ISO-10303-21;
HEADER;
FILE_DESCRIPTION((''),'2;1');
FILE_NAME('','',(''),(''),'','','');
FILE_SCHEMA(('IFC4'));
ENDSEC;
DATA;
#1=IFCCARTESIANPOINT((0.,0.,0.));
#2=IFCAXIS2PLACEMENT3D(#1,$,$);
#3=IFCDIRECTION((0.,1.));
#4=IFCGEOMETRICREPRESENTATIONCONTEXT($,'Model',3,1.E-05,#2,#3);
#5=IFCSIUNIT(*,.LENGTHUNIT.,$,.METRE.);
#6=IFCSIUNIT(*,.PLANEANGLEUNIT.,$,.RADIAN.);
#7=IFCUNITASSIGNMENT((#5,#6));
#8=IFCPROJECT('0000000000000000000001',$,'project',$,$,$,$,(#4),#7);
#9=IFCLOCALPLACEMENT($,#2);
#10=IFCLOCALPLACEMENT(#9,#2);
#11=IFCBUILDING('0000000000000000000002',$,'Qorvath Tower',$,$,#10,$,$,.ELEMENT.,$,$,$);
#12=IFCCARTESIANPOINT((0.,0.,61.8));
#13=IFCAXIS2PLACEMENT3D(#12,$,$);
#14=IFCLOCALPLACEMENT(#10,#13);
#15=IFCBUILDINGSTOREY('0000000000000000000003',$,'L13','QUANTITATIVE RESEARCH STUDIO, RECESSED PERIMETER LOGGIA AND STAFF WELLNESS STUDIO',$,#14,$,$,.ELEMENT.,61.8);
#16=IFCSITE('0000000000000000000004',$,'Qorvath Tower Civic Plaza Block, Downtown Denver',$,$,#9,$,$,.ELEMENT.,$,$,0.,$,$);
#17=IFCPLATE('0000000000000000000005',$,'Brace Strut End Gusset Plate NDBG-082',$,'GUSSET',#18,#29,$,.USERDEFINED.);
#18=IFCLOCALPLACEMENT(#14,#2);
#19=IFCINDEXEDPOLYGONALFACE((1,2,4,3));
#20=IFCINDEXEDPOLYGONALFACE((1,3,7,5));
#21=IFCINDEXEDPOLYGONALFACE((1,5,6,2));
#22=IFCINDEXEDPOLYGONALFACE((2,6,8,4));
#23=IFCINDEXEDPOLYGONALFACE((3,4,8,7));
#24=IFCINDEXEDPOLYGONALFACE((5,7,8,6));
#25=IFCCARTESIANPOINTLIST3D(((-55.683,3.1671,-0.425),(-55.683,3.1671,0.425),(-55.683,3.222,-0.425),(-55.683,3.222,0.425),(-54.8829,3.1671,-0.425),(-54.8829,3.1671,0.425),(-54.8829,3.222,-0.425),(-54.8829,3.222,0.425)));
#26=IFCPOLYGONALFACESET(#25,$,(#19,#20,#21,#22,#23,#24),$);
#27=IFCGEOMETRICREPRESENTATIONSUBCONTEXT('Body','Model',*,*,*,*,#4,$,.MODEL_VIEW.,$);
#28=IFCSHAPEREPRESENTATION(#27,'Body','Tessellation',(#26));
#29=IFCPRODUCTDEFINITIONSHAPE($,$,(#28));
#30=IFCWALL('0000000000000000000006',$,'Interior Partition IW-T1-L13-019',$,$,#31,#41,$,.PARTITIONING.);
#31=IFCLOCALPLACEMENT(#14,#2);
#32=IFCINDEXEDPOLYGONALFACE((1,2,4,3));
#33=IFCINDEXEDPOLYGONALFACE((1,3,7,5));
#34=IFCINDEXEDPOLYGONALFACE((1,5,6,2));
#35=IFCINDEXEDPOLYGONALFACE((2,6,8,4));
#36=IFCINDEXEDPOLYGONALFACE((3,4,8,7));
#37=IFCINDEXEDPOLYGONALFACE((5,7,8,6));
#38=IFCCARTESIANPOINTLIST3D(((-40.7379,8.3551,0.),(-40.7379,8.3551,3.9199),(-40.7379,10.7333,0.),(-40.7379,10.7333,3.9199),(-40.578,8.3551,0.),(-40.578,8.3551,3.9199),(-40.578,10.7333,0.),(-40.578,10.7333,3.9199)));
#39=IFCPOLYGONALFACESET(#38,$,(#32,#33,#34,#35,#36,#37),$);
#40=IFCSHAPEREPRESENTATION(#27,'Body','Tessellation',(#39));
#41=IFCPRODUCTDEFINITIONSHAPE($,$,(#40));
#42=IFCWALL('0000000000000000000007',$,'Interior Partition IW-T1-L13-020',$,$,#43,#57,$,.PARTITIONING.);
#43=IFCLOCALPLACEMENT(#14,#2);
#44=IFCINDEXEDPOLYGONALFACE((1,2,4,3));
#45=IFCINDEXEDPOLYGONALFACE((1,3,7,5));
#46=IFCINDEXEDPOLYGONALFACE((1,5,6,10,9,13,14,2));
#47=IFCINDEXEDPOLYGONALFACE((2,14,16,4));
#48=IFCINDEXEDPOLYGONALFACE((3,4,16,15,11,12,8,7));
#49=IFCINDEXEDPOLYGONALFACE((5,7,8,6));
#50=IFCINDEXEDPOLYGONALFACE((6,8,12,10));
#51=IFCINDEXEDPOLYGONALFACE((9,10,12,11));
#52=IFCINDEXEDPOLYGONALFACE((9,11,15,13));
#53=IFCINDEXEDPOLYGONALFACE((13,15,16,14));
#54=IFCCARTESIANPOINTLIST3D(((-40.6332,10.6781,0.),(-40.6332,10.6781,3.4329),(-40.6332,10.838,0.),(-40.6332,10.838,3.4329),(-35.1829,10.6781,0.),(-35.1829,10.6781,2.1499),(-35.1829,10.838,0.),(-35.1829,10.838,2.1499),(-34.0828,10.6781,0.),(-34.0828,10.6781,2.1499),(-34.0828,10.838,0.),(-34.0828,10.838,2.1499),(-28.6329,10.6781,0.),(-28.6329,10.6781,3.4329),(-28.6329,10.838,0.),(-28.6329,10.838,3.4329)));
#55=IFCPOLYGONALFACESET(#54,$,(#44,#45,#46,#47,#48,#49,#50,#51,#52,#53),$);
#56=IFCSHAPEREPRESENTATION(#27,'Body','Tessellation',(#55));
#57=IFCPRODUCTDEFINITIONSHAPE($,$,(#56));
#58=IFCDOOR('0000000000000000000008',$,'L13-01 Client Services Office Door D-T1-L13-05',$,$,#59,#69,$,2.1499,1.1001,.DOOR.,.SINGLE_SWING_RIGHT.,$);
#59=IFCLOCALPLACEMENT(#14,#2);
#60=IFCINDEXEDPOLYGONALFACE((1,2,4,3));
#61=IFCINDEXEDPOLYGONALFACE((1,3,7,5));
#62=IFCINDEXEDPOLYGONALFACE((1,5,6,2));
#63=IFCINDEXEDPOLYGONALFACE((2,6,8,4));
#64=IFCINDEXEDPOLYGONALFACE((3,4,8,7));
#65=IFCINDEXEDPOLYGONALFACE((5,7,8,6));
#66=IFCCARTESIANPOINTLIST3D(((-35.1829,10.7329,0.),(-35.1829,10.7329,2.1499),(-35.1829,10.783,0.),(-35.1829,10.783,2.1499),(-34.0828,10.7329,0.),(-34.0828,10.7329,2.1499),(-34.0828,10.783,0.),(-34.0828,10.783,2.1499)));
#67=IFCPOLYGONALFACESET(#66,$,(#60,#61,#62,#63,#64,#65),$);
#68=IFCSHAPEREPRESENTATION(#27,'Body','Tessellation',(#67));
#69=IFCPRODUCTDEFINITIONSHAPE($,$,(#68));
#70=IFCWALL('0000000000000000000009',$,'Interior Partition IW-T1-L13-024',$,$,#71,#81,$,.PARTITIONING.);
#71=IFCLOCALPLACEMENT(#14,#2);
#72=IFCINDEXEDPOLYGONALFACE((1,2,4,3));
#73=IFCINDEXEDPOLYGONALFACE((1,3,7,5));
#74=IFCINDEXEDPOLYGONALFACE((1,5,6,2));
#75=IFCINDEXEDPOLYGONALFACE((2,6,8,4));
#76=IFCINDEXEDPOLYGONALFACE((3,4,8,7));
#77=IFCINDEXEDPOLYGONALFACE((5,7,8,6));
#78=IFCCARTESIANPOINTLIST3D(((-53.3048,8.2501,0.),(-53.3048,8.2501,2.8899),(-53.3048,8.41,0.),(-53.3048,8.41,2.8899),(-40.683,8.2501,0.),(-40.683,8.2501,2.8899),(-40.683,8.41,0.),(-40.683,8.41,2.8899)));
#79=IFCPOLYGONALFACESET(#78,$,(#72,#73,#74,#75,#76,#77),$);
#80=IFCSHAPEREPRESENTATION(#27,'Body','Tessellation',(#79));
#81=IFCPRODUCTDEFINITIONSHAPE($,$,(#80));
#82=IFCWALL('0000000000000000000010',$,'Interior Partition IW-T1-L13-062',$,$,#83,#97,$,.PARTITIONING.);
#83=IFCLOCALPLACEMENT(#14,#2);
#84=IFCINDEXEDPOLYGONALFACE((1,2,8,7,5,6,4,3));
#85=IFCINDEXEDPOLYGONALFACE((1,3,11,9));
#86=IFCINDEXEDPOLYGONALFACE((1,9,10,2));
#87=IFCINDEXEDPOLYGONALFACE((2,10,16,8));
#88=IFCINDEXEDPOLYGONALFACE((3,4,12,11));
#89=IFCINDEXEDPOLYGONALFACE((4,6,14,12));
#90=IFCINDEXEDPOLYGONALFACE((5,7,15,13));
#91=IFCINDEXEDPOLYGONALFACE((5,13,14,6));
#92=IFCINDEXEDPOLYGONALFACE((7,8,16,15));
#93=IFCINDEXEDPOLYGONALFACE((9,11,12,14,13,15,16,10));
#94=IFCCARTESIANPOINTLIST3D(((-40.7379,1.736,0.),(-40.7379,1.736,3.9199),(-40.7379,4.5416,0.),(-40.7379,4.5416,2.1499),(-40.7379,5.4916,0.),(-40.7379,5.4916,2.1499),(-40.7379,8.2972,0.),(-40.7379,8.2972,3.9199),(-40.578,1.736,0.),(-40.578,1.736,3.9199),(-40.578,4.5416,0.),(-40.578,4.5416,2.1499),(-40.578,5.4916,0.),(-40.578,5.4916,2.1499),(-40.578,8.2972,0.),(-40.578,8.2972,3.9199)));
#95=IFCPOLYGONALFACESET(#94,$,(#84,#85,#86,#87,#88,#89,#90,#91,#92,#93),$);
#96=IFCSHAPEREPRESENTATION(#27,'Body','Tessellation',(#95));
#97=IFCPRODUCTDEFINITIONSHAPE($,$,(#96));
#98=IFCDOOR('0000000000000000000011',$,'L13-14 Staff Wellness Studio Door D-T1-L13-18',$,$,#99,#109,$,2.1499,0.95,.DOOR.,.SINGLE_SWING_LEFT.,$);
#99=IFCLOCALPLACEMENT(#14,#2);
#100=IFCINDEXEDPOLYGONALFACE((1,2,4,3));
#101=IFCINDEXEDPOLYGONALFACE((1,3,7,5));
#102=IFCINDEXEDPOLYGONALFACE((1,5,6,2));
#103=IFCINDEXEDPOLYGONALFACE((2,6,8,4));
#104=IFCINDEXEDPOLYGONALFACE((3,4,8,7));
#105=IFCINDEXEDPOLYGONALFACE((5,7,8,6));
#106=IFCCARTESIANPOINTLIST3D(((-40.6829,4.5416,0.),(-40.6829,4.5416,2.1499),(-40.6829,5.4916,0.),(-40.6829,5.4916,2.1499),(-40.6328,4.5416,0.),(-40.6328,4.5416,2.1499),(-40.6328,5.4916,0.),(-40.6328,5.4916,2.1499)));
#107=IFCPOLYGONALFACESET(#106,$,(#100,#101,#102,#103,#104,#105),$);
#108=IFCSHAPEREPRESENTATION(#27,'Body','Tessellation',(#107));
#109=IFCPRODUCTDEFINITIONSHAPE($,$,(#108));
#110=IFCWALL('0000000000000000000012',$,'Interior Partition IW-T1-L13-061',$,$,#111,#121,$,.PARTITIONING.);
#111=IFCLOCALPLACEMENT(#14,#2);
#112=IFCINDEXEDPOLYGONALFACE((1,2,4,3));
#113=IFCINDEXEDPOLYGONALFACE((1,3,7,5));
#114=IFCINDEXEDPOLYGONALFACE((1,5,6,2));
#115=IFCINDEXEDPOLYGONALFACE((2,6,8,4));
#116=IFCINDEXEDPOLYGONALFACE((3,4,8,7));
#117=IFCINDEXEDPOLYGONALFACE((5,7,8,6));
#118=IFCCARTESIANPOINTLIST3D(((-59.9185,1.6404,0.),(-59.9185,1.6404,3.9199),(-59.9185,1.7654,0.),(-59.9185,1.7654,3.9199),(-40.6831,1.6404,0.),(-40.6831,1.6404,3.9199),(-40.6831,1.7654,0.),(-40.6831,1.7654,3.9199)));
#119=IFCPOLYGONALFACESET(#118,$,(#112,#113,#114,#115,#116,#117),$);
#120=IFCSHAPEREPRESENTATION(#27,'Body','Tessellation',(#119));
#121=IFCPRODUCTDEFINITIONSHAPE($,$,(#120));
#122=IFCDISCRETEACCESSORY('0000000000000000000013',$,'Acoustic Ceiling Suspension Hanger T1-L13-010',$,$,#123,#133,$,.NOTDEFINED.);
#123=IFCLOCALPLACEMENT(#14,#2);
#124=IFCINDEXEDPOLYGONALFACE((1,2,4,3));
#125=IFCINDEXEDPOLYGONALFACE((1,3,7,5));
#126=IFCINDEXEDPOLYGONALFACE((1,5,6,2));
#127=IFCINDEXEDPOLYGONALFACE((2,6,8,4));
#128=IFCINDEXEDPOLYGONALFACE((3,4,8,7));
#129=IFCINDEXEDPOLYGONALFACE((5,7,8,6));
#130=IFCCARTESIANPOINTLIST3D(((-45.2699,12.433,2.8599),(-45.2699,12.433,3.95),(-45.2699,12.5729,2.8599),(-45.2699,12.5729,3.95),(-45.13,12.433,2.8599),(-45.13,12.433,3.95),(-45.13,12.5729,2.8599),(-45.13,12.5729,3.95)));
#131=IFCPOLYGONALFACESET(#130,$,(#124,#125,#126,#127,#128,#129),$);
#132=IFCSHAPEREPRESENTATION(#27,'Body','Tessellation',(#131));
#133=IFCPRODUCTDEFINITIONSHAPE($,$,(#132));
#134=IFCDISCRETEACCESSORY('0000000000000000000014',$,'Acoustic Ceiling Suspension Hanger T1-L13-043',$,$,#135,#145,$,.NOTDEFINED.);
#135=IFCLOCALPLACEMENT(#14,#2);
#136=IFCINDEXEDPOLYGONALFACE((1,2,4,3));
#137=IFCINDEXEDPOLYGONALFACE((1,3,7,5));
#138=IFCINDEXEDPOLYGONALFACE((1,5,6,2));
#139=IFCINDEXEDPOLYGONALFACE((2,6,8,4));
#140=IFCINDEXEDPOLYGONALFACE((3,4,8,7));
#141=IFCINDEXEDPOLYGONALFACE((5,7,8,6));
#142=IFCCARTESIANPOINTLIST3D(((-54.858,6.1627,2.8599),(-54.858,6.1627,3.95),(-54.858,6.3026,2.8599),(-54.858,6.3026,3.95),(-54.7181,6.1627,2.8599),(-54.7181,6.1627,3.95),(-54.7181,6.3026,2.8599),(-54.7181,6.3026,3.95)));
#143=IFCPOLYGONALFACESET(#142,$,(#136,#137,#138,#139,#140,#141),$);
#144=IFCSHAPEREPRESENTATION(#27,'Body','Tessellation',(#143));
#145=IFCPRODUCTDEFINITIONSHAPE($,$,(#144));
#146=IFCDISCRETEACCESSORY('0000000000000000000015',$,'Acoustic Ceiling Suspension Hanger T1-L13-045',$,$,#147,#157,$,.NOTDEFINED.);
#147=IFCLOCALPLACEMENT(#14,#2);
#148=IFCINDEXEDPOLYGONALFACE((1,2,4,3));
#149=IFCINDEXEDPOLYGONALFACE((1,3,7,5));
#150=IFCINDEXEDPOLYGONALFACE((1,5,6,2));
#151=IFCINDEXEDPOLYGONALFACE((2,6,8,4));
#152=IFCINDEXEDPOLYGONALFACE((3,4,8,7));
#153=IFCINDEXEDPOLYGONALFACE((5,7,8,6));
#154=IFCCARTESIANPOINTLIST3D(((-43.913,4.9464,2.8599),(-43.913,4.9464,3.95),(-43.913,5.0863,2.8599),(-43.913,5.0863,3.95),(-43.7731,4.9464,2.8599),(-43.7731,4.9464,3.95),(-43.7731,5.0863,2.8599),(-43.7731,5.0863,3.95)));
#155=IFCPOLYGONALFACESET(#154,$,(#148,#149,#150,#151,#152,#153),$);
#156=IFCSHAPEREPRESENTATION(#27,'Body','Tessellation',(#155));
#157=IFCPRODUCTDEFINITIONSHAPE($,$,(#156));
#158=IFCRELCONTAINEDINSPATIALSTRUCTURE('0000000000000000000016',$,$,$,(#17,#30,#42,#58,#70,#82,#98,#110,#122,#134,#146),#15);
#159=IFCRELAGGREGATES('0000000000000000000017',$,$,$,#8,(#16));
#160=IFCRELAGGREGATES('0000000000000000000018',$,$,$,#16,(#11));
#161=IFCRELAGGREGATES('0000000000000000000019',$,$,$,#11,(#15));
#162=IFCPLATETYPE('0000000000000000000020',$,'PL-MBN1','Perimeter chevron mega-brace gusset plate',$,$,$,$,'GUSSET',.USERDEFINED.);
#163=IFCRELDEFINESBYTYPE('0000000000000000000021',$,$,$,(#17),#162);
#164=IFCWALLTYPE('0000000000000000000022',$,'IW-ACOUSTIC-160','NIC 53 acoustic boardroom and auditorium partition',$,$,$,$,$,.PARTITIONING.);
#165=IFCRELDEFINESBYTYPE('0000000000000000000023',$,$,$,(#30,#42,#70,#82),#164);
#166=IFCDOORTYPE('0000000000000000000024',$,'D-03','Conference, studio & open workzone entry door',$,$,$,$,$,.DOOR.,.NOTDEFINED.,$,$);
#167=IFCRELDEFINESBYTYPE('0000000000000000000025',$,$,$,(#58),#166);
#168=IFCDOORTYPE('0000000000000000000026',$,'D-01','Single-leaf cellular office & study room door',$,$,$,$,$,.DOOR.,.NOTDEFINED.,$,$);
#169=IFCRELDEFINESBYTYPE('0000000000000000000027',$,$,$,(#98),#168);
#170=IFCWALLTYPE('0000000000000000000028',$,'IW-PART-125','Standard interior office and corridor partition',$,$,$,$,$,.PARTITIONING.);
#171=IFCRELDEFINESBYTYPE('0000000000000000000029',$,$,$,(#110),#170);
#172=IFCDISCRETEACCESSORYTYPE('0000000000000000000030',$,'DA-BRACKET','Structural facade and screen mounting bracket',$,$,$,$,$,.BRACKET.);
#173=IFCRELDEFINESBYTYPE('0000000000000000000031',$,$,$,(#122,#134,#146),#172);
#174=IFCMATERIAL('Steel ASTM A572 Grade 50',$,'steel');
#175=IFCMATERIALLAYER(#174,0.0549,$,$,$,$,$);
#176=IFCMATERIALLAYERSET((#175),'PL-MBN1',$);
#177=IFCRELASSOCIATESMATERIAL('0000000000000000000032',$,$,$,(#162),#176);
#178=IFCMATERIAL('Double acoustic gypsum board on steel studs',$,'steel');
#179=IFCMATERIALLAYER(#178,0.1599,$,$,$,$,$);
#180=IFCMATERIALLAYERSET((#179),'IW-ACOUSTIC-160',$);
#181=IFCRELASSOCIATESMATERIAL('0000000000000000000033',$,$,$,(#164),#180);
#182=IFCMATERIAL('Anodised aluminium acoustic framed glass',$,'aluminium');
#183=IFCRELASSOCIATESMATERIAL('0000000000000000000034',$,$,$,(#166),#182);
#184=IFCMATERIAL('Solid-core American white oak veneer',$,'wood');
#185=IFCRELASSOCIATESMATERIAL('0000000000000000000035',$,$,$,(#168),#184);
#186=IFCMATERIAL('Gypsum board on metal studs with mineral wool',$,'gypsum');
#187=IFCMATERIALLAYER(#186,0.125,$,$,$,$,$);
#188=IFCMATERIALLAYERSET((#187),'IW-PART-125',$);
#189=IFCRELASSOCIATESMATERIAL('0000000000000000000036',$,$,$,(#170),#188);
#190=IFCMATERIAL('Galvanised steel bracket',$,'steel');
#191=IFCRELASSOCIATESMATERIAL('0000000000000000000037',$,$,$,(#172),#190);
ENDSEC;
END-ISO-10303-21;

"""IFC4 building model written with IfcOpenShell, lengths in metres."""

from ifc_helpers import new_model, si_unit, direction, frame, frame_2d, origin, origin_2d, place, context, subcontext, project, spatial, rectangle, extrude, material, layer, layer_set, type_object, element, fill, save


model = new_model("IFC4")

# Units and contexts
model_context = context("Model", 3, precision=1e-05, world=origin(), true_north=direction((0.0, 1.0)))
body_context = subcontext(model_context, "Body", "Model", "MODEL_VIEW")
ifc_project = project(units=[si_unit("LENGTHUNIT", "METRE"), si_unit("PLANEANGLEUNIT", "RADIAN")], contexts=[model_context])

# Site, building, storey
site_placement = place(None, origin())
site = spatial("IfcSite", under=ifc_project, at=site_placement, Name="Qorvath Tower Civic Plaza Block, Downtown Denver", CompositionType="ELEMENT", RefElevation=0.0)
building_placement = place(site_placement, origin())
building = spatial("IfcBuilding", under=site, at=building_placement, Name="Qorvath Tower", CompositionType="ELEMENT")
storey_placement = place(building_placement, frame((0.0, 0.0, 61.8)))
storey = spatial("IfcBuildingStorey", under=building, at=storey_placement, Name="L13", Description="QUANTITATIVE RESEARCH STUDIO, RECESSED PERIMETER LOGGIA AND STAFF WELLNESS STUDIO", CompositionType="ELEMENT", Elevation=61.8)

# Plate
ifc_material_1 = material(Name="Steel ASTM A572 Grade 50", Category="steel")
ifc_layer_1 = layer(ifc_material_1, 0.0549)
ifc_layer_set_1 = layer_set([ifc_layer_1], Name="PL-MBN1")
plate_type_1 = type_object("IfcPlateType", Name="PL-MBN1", Description="Perimeter chevron mega-brace gusset plate", ElementType="GUSSET", PredefinedType="USERDEFINED", material=ifc_layer_set_1)
plate_1_placement = place(storey_placement, frame((-55.283, 3.1946, -0.425), z_axis=(0.0, 0.0, 1.0), x_axis=(1.0, 0.0, 0.0)))
element("IfcPlate", 1, at=plate_1_placement, inside=storey, type_object=plate_type_1, Name="Brace Strut End Gusset Plate NDBG-082", ObjectType="GUSSET", PredefinedType="USERDEFINED", context=body_context, shape_type="SweptSolid", body=[
    extrude(rectangle(XDim=0.8, YDim=0.0549, at=origin_2d()), origin(), (0.0, 0.0, 1.0), 0.8501),
])

# Wall
ifc_material_2 = material(Name="Double acoustic gypsum board on steel studs", Category="steel")
ifc_layer_2 = layer(ifc_material_2, 0.1599)
ifc_layer_set_2 = layer_set([ifc_layer_2], Name="IW-ACOUSTIC-160")
wall_type_1 = type_object("IfcWallType", Name="IW-ACOUSTIC-160", Description="NIC 53 acoustic boardroom and auditorium partition", PredefinedType="PARTITIONING", material=ifc_layer_set_2)
wall_1_placement = place(storey_placement, frame((-40.658, 10.7332, 0.0), z_axis=(0.0, 0.0, 1.0), x_axis=(0.0, -1.0, 0.0)))
element("IfcWall", 2, at=wall_1_placement, inside=storey, type_object=wall_type_1, Name="Interior Partition IW-T1-L13-019", PredefinedType="PARTITIONING", context=body_context, shape_type="SweptSolid", body=[
    extrude(rectangle(XDim=2.3782, YDim=0.1599, at=frame_2d((1.189, 0.0))), origin(), (0.0, 0.0, 1.0), 3.9199),
])

# Wall, opening, door
wall_2_placement = place(storey_placement, frame((-40.6331, 10.7581, 0.0), z_axis=(0.0, 0.0, 1.0), x_axis=(1.0, 0.0, 0.0)))
wall_2 = element("IfcWall", 3, at=wall_2_placement, inside=storey, type_object=wall_type_1, Name="Interior Partition IW-T1-L13-020", PredefinedType="PARTITIONING", context=body_context, shape_type="SweptSolid", body=[
    extrude(rectangle(XDim=12.0002, YDim=0.1599, at=frame_2d((6.0, 0.0))), origin(), (0.0, 0.0, 1.0), 3.4329),
])
opening_1_placement = place(wall_2_placement, frame((5.4502, 0.0, 0.0)))
opening_1 = element("IfcOpeningElement", 4, at=opening_1_placement, cuts=wall_2, PredefinedType="OPENING", context=body_context, shape_type="SweptSolid", body=[
    extrude(rectangle(XDim=1.1001, YDim=2.1499, at=frame_2d((0.55, 1.075))), frame((0.0, 0.0898, 0.0), z_axis=(0.0, -1.0, 0.0), x_axis=(1.0, 0.0, 0.0)), (0.0, 0.0, 1.0), 0.1799),
])
ifc_material_3 = material(Name="Anodised aluminium acoustic framed glass", Category="aluminium")
door_type_1 = type_object("IfcDoorType", Name="D-03", Description="Conference, studio & open workzone entry door", OperationType="NOTDEFINED", PredefinedType="DOOR", material=ifc_material_3)
door_1_placement = place(opening_1_placement, origin())
door_1 = element("IfcDoor", 5, at=door_1_placement, inside=storey, type_object=door_type_1, Name="L13-01 Client Services Office Door D-T1-L13-05", OperationType="SINGLE_SWING_RIGHT", OverallHeight=2.1499, OverallWidth=1.1001, PredefinedType="DOOR", context=body_context, shape_type="SweptSolid", body=[
    extrude(rectangle(XDim=1.1001, YDim=2.1499, at=frame_2d((0.55, 1.075))), frame((0.0, 0.0249, 0.0), z_axis=(0.0, -1.0, 0.0), x_axis=(1.0, 0.0, 0.0)), (0.0, 0.0, 1.0), 0.05),
])
fill(opening_1, door_1)

# Wall
wall_3_placement = place(storey_placement, frame((-53.3049, 8.3301, 0.0), z_axis=(0.0, 0.0, 1.0), x_axis=(1.0, 0.0, 0.0)))
element("IfcWall", 6, at=wall_3_placement, inside=storey, type_object=wall_type_1, Name="Interior Partition IW-T1-L13-024", PredefinedType="PARTITIONING", context=body_context, shape_type="SweptSolid", body=[
    extrude(rectangle(XDim=12.6218, YDim=0.1599, at=frame_2d((6.311, 0.0))), origin(), (0.0, 0.0, 1.0), 2.8899),
])

# Wall, opening, door
wall_4_placement = place(storey_placement, frame((-40.658, 1.7358, 0.0), z_axis=(0.0, 0.0, 1.0), x_axis=(0.0, 1.0, 0.0)))
wall_4 = element("IfcWall", 7, at=wall_4_placement, inside=storey, type_object=wall_type_1, Name="Interior Partition IW-T1-L13-062", PredefinedType="PARTITIONING", context=body_context, shape_type="SweptSolid", body=[
    extrude(rectangle(XDim=6.5613, YDim=0.1599, at=frame_2d((3.2808, 0.0))), origin(), (0.0, 0.0, 1.0), 3.9199),
])
opening_2_placement = place(wall_4_placement, frame((2.8057, 0.0, 0.0)))
opening_2 = element("IfcOpeningElement", 8, at=opening_2_placement, cuts=wall_4, PredefinedType="OPENING", context=body_context, shape_type="SweptSolid", body=[
    extrude(rectangle(XDim=0.95, YDim=2.1499, at=frame_2d((0.4751, 1.075))), frame((0.0, 0.0898, 0.0), z_axis=(0.0, -1.0, 0.0), x_axis=(1.0, 0.0, 0.0)), (0.0, 0.0, 1.0), 0.1799),
])
ifc_material_4 = material(Name="Solid-core American white oak veneer", Category="wood")
door_type_2 = type_object("IfcDoorType", Name="D-01", Description="Single-leaf cellular office & study room door", OperationType="NOTDEFINED", PredefinedType="DOOR", material=ifc_material_4)
door_2_placement = place(opening_2_placement, origin())
door_2 = element("IfcDoor", 9, at=door_2_placement, inside=storey, type_object=door_type_2, Name="L13-14 Staff Wellness Studio Door D-T1-L13-18", OperationType="SINGLE_SWING_LEFT", OverallHeight=2.1499, OverallWidth=0.95, PredefinedType="DOOR", context=body_context, shape_type="SweptSolid", body=[
    extrude(rectangle(XDim=0.95, YDim=2.1499, at=frame_2d((0.4751, 1.075))), frame((0.0, 0.0249, 0.0), z_axis=(0.0, -1.0, 0.0), x_axis=(1.0, 0.0, 0.0)), (0.0, 0.0, 1.0), 0.05),
])
fill(opening_2, door_2)

# Wall
ifc_material_5 = material(Name="Gypsum board on metal studs with mineral wool", Category="gypsum")
ifc_layer_3 = layer(ifc_material_5, 0.125)
ifc_layer_set_3 = layer_set([ifc_layer_3], Name="IW-PART-125")
wall_type_2 = type_object("IfcWallType", Name="IW-PART-125", Description="Standard interior office and corridor partition", PredefinedType="PARTITIONING", material=ifc_layer_set_3)
wall_5_placement = place(storey_placement, frame((-40.6831, 1.7029, 0.0), z_axis=(0.0, 0.0, 1.0), x_axis=(-1.0, 0.0, 0.0)))
element("IfcWall", 10, at=wall_5_placement, inside=storey, type_object=wall_type_2, Name="Interior Partition IW-T1-L13-061", PredefinedType="PARTITIONING", context=body_context, shape_type="SweptSolid", body=[
    extrude(rectangle(XDim=19.2354, YDim=0.125, at=frame_2d((9.6177, 0.0))), origin(), (0.0, 0.0, 1.0), 3.9199),
])

# Discrete accessories
ifc_material_6 = material(Name="Galvanised steel bracket", Category="steel")
discrete_accessory_type = type_object("IfcDiscreteAccessoryType", Name="DA-BRACKET", Description="Structural facade and screen mounting bracket", PredefinedType="BRACKET", material=ifc_material_6)
for number, where, z_axis, x_axis, name in (
    (11, (-45.2, 12.5029, 2.8599), (0.0, 0.0, 1.0), (1.0, 0.0, 0.0), "Acoustic Ceiling Suspension Hanger T1-L13-010"),
    (12, (-54.7881, 6.2327, 2.8599), (0.0, 0.0, 1.0), (1.0, 0.0, 0.0), "Acoustic Ceiling Suspension Hanger T1-L13-043"),
    (13, (-43.843, 5.0164, 2.8599), (0.0, 0.0, 1.0), (1.0, 0.0, 0.0), "Acoustic Ceiling Suspension Hanger T1-L13-045"),
):
    element("IfcDiscreteAccessory", number, at=place(storey_placement, frame(where, z_axis=z_axis, x_axis=x_axis)), inside=storey, type_object=discrete_accessory_type, Name=name, PredefinedType="NOTDEFINED", context=body_context, shape_type="SweptSolid", body=[
        extrude(rectangle(XDim=0.1399, YDim=0.1399, at=origin_2d()), origin(), (0.0, 0.0, 1.0), 1.0901),
    ])

save(model, "model.ifc")
